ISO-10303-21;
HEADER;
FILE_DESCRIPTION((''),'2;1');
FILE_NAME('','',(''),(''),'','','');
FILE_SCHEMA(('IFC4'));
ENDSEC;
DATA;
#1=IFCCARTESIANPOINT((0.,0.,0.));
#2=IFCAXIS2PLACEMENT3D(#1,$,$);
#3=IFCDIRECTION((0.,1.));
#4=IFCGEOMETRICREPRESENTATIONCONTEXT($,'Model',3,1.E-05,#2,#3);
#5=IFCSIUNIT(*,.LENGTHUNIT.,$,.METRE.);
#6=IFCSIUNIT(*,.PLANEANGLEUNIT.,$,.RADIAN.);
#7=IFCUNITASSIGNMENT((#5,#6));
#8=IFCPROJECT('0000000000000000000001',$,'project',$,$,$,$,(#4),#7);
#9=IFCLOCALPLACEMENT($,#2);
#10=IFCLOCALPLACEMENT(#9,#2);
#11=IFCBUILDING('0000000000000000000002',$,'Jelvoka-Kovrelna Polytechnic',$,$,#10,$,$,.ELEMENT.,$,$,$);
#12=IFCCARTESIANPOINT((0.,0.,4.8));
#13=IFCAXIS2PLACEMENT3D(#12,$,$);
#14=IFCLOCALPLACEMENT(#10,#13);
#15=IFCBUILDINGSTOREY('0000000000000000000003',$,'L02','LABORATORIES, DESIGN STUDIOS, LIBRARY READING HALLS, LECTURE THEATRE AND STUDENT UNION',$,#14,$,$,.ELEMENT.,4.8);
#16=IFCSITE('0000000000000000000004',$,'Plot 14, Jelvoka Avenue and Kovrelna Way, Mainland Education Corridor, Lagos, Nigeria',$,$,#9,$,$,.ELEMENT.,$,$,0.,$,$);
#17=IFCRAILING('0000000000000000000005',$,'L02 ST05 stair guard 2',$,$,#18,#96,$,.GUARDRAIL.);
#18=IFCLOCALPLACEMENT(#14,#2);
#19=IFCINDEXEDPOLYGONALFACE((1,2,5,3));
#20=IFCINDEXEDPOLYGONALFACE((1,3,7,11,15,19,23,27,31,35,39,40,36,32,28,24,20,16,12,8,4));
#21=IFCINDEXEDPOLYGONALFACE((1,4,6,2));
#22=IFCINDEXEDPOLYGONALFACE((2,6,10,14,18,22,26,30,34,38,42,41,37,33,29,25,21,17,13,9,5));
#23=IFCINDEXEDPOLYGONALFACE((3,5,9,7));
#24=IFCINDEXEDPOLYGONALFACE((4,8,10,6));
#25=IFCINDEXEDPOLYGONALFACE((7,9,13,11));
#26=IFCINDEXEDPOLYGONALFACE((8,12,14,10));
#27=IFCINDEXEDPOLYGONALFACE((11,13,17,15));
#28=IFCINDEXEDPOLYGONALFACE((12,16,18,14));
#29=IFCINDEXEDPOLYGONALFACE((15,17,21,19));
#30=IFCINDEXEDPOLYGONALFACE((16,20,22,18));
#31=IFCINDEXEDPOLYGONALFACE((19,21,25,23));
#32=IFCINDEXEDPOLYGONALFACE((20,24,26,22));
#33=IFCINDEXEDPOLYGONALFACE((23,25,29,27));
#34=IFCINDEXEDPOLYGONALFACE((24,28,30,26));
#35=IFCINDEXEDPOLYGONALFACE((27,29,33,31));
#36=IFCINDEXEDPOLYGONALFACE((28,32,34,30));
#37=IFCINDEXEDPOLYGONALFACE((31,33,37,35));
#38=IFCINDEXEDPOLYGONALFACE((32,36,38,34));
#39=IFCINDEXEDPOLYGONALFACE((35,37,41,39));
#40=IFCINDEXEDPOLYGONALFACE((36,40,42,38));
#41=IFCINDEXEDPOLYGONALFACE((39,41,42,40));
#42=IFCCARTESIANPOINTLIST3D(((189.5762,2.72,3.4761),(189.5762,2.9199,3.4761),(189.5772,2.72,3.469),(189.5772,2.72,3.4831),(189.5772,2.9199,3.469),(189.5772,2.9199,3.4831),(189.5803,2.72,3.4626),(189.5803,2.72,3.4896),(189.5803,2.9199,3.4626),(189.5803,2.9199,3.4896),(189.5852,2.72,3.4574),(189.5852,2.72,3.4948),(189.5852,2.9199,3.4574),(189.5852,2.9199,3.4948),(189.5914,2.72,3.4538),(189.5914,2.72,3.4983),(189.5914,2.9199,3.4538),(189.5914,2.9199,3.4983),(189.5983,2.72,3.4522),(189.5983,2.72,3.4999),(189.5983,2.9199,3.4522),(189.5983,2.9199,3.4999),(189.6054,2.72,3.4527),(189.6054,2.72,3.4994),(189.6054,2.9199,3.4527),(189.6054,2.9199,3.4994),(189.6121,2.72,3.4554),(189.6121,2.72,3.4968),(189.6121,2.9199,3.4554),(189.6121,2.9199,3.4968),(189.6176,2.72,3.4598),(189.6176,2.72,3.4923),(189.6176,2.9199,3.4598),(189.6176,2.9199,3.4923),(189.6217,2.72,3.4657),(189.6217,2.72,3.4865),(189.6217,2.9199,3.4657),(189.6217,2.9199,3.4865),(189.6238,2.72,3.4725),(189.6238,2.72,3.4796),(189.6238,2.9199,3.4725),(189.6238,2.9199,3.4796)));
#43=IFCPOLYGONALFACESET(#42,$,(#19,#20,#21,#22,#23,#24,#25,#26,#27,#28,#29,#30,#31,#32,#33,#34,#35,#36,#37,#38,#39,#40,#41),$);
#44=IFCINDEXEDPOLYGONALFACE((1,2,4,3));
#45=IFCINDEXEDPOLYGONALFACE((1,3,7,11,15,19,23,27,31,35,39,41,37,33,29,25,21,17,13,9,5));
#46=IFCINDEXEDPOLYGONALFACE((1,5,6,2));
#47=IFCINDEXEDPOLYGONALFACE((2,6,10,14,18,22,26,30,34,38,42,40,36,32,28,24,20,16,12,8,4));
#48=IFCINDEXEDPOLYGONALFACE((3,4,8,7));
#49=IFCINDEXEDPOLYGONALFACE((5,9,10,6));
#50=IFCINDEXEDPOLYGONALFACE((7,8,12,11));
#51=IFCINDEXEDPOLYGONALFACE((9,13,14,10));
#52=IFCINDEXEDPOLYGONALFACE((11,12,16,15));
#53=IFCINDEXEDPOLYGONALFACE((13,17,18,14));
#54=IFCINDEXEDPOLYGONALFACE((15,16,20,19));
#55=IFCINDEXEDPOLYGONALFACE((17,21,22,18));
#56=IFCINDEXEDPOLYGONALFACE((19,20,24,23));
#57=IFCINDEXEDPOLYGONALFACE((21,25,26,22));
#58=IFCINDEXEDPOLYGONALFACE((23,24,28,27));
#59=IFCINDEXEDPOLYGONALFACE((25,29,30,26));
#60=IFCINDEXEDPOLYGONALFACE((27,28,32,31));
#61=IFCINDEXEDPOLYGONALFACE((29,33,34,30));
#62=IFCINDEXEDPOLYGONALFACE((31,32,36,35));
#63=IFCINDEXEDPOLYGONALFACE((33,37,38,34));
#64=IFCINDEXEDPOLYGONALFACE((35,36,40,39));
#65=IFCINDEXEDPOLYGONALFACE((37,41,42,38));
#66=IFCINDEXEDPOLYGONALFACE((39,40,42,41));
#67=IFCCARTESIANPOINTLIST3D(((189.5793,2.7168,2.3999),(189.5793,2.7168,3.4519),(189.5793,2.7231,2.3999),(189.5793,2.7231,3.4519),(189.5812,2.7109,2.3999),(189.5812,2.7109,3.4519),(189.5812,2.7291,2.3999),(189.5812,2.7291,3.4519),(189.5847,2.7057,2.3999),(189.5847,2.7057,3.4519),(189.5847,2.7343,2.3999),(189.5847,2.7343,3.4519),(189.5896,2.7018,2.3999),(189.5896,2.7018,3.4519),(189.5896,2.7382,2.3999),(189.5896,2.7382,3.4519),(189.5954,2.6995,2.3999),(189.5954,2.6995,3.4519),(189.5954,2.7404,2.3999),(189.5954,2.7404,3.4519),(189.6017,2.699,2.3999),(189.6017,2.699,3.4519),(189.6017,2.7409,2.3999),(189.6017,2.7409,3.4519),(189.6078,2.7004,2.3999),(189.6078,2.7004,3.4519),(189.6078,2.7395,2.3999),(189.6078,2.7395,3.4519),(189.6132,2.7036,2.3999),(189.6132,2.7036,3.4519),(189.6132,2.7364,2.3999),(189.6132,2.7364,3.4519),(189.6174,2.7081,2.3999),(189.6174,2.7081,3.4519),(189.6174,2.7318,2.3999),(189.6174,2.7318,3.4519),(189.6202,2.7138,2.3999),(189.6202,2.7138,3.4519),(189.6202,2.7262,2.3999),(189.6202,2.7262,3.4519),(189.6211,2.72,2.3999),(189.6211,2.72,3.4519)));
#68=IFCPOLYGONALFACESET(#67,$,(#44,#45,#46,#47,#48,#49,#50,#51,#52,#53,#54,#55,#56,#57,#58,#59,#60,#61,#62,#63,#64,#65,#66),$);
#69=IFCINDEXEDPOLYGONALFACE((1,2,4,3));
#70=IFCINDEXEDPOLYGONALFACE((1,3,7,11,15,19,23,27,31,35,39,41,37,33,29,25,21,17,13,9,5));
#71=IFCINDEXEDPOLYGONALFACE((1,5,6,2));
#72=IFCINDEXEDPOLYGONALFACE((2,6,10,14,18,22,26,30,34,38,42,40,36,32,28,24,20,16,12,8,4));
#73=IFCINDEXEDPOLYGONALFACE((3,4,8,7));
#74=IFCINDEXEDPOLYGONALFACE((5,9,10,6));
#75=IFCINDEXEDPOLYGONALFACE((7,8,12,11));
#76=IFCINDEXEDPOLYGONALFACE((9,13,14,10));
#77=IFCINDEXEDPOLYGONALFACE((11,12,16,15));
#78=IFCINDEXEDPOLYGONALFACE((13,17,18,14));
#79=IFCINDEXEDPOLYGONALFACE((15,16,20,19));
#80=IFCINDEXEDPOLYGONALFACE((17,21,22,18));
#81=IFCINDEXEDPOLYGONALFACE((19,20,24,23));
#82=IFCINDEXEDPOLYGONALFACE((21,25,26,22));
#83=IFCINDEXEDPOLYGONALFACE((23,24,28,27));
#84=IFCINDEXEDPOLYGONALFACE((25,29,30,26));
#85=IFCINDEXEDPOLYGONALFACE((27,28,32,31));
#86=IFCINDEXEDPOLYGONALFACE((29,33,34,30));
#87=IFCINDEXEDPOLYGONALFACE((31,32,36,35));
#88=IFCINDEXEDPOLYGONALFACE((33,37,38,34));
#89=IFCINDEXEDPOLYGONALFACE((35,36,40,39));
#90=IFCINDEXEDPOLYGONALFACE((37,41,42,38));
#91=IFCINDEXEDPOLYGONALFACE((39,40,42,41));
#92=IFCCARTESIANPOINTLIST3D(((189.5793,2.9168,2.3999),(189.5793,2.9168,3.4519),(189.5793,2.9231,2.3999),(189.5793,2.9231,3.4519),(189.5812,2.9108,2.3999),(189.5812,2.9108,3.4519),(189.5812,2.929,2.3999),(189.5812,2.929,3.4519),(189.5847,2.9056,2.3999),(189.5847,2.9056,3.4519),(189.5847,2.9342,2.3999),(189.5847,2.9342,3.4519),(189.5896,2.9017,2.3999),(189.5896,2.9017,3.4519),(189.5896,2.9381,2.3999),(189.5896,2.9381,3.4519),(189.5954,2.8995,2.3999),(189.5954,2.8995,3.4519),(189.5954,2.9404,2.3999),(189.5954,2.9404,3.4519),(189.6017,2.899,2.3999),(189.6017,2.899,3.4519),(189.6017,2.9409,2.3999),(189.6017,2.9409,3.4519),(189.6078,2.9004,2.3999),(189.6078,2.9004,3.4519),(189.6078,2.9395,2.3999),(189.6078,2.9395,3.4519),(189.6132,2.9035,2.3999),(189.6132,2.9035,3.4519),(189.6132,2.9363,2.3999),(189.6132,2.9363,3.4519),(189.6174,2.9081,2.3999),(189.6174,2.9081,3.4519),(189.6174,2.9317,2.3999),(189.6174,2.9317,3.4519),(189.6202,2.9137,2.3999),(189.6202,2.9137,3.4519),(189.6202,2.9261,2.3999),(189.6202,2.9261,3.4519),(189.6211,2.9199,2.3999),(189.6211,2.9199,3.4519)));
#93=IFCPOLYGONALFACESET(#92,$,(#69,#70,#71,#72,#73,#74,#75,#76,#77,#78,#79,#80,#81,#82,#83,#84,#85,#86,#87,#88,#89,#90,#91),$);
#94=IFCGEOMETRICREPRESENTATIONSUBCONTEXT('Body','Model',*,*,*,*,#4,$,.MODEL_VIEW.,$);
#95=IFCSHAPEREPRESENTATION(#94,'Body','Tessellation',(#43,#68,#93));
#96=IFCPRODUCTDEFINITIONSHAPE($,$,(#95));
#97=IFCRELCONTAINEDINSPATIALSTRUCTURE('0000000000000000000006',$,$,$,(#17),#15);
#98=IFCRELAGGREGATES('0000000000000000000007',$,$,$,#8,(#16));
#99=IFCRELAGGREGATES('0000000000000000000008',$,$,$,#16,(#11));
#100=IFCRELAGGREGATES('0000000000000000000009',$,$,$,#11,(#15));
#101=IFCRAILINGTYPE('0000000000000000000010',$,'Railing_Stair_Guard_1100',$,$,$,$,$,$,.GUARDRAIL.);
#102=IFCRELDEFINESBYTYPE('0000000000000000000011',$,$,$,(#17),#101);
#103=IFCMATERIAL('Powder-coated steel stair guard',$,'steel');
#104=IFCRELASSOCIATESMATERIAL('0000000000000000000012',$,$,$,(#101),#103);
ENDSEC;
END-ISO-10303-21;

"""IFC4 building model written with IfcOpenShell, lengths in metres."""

from ifc_helpers import new_model, si_unit, direction, frame, origin, origin_2d, place, context, subcontext, project, spatial, circle, extrude, material, type_object, element, save


model = new_model("IFC4")

# Units and contexts
model_context = context("Model", 3, precision=1e-05, world=origin(), true_north=direction((0.0, 1.0)))
body_context = subcontext(model_context, "Body", "Model", "MODEL_VIEW")
ifc_project = project(units=[si_unit("LENGTHUNIT", "METRE"), si_unit("PLANEANGLEUNIT", "RADIAN")], contexts=[model_context])

# Site, building, storey
site_placement = place(None, origin())
site = spatial("IfcSite", under=ifc_project, at=site_placement, Name="Plot 14, Jelvoka Avenue and Kovrelna Way, Mainland Education Corridor, Lagos, Nigeria", CompositionType="ELEMENT", RefElevation=0.0)
building_placement = place(site_placement, origin())
building = spatial("IfcBuilding", under=site, at=building_placement, Name="Jelvoka-Kovrelna Polytechnic", CompositionType="ELEMENT")
storey_placement = place(building_placement, frame((0.0, 0.0, 4.8)))
storey = spatial("IfcBuildingStorey", under=building, at=storey_placement, Name="L02", Description="LABORATORIES, DESIGN STUDIOS, LIBRARY READING HALLS, LECTURE THEATRE AND STUDENT UNION", CompositionType="ELEMENT", Elevation=4.8)

# Railing
ifc_material_1 = material(Name="Powder-coated steel stair guard", Category="steel")
railing_type_1 = type_object("IfcRailingType", Name="Railing_Stair_Guard_1100", PredefinedType="GUARDRAIL", material=ifc_material_1)
railing_1_placement = place(storey_placement, frame((189.6001, 2.72, 2.3999)))
element("IfcRailing", 1, at=railing_1_placement, inside=storey, type_object=railing_type_1, Name="L02 ST05 stair guard 2", PredefinedType="GUARDRAIL", context=body_context, shape_type="SweptSolid", body=[
    extrude(circle(Radius=0.0239, at=origin_2d()), frame((0.0, 0.0, 1.0762), z_axis=(0.0, 1.0, 0.0), x_axis=(-1.0, 0.0, 0.0)), (0.0, 0.0, 1.0), 0.2),
    extrude(circle(Radius=0.021, at=origin_2d()), origin(), (0.0, 0.0, 1.0), 1.052),
    extrude(circle(Radius=0.021, at=origin_2d()), frame((0.0, 0.2, 0.0)), (0.0, 0.0, 1.0), 1.052),
])

save(model, "model.ifc")
